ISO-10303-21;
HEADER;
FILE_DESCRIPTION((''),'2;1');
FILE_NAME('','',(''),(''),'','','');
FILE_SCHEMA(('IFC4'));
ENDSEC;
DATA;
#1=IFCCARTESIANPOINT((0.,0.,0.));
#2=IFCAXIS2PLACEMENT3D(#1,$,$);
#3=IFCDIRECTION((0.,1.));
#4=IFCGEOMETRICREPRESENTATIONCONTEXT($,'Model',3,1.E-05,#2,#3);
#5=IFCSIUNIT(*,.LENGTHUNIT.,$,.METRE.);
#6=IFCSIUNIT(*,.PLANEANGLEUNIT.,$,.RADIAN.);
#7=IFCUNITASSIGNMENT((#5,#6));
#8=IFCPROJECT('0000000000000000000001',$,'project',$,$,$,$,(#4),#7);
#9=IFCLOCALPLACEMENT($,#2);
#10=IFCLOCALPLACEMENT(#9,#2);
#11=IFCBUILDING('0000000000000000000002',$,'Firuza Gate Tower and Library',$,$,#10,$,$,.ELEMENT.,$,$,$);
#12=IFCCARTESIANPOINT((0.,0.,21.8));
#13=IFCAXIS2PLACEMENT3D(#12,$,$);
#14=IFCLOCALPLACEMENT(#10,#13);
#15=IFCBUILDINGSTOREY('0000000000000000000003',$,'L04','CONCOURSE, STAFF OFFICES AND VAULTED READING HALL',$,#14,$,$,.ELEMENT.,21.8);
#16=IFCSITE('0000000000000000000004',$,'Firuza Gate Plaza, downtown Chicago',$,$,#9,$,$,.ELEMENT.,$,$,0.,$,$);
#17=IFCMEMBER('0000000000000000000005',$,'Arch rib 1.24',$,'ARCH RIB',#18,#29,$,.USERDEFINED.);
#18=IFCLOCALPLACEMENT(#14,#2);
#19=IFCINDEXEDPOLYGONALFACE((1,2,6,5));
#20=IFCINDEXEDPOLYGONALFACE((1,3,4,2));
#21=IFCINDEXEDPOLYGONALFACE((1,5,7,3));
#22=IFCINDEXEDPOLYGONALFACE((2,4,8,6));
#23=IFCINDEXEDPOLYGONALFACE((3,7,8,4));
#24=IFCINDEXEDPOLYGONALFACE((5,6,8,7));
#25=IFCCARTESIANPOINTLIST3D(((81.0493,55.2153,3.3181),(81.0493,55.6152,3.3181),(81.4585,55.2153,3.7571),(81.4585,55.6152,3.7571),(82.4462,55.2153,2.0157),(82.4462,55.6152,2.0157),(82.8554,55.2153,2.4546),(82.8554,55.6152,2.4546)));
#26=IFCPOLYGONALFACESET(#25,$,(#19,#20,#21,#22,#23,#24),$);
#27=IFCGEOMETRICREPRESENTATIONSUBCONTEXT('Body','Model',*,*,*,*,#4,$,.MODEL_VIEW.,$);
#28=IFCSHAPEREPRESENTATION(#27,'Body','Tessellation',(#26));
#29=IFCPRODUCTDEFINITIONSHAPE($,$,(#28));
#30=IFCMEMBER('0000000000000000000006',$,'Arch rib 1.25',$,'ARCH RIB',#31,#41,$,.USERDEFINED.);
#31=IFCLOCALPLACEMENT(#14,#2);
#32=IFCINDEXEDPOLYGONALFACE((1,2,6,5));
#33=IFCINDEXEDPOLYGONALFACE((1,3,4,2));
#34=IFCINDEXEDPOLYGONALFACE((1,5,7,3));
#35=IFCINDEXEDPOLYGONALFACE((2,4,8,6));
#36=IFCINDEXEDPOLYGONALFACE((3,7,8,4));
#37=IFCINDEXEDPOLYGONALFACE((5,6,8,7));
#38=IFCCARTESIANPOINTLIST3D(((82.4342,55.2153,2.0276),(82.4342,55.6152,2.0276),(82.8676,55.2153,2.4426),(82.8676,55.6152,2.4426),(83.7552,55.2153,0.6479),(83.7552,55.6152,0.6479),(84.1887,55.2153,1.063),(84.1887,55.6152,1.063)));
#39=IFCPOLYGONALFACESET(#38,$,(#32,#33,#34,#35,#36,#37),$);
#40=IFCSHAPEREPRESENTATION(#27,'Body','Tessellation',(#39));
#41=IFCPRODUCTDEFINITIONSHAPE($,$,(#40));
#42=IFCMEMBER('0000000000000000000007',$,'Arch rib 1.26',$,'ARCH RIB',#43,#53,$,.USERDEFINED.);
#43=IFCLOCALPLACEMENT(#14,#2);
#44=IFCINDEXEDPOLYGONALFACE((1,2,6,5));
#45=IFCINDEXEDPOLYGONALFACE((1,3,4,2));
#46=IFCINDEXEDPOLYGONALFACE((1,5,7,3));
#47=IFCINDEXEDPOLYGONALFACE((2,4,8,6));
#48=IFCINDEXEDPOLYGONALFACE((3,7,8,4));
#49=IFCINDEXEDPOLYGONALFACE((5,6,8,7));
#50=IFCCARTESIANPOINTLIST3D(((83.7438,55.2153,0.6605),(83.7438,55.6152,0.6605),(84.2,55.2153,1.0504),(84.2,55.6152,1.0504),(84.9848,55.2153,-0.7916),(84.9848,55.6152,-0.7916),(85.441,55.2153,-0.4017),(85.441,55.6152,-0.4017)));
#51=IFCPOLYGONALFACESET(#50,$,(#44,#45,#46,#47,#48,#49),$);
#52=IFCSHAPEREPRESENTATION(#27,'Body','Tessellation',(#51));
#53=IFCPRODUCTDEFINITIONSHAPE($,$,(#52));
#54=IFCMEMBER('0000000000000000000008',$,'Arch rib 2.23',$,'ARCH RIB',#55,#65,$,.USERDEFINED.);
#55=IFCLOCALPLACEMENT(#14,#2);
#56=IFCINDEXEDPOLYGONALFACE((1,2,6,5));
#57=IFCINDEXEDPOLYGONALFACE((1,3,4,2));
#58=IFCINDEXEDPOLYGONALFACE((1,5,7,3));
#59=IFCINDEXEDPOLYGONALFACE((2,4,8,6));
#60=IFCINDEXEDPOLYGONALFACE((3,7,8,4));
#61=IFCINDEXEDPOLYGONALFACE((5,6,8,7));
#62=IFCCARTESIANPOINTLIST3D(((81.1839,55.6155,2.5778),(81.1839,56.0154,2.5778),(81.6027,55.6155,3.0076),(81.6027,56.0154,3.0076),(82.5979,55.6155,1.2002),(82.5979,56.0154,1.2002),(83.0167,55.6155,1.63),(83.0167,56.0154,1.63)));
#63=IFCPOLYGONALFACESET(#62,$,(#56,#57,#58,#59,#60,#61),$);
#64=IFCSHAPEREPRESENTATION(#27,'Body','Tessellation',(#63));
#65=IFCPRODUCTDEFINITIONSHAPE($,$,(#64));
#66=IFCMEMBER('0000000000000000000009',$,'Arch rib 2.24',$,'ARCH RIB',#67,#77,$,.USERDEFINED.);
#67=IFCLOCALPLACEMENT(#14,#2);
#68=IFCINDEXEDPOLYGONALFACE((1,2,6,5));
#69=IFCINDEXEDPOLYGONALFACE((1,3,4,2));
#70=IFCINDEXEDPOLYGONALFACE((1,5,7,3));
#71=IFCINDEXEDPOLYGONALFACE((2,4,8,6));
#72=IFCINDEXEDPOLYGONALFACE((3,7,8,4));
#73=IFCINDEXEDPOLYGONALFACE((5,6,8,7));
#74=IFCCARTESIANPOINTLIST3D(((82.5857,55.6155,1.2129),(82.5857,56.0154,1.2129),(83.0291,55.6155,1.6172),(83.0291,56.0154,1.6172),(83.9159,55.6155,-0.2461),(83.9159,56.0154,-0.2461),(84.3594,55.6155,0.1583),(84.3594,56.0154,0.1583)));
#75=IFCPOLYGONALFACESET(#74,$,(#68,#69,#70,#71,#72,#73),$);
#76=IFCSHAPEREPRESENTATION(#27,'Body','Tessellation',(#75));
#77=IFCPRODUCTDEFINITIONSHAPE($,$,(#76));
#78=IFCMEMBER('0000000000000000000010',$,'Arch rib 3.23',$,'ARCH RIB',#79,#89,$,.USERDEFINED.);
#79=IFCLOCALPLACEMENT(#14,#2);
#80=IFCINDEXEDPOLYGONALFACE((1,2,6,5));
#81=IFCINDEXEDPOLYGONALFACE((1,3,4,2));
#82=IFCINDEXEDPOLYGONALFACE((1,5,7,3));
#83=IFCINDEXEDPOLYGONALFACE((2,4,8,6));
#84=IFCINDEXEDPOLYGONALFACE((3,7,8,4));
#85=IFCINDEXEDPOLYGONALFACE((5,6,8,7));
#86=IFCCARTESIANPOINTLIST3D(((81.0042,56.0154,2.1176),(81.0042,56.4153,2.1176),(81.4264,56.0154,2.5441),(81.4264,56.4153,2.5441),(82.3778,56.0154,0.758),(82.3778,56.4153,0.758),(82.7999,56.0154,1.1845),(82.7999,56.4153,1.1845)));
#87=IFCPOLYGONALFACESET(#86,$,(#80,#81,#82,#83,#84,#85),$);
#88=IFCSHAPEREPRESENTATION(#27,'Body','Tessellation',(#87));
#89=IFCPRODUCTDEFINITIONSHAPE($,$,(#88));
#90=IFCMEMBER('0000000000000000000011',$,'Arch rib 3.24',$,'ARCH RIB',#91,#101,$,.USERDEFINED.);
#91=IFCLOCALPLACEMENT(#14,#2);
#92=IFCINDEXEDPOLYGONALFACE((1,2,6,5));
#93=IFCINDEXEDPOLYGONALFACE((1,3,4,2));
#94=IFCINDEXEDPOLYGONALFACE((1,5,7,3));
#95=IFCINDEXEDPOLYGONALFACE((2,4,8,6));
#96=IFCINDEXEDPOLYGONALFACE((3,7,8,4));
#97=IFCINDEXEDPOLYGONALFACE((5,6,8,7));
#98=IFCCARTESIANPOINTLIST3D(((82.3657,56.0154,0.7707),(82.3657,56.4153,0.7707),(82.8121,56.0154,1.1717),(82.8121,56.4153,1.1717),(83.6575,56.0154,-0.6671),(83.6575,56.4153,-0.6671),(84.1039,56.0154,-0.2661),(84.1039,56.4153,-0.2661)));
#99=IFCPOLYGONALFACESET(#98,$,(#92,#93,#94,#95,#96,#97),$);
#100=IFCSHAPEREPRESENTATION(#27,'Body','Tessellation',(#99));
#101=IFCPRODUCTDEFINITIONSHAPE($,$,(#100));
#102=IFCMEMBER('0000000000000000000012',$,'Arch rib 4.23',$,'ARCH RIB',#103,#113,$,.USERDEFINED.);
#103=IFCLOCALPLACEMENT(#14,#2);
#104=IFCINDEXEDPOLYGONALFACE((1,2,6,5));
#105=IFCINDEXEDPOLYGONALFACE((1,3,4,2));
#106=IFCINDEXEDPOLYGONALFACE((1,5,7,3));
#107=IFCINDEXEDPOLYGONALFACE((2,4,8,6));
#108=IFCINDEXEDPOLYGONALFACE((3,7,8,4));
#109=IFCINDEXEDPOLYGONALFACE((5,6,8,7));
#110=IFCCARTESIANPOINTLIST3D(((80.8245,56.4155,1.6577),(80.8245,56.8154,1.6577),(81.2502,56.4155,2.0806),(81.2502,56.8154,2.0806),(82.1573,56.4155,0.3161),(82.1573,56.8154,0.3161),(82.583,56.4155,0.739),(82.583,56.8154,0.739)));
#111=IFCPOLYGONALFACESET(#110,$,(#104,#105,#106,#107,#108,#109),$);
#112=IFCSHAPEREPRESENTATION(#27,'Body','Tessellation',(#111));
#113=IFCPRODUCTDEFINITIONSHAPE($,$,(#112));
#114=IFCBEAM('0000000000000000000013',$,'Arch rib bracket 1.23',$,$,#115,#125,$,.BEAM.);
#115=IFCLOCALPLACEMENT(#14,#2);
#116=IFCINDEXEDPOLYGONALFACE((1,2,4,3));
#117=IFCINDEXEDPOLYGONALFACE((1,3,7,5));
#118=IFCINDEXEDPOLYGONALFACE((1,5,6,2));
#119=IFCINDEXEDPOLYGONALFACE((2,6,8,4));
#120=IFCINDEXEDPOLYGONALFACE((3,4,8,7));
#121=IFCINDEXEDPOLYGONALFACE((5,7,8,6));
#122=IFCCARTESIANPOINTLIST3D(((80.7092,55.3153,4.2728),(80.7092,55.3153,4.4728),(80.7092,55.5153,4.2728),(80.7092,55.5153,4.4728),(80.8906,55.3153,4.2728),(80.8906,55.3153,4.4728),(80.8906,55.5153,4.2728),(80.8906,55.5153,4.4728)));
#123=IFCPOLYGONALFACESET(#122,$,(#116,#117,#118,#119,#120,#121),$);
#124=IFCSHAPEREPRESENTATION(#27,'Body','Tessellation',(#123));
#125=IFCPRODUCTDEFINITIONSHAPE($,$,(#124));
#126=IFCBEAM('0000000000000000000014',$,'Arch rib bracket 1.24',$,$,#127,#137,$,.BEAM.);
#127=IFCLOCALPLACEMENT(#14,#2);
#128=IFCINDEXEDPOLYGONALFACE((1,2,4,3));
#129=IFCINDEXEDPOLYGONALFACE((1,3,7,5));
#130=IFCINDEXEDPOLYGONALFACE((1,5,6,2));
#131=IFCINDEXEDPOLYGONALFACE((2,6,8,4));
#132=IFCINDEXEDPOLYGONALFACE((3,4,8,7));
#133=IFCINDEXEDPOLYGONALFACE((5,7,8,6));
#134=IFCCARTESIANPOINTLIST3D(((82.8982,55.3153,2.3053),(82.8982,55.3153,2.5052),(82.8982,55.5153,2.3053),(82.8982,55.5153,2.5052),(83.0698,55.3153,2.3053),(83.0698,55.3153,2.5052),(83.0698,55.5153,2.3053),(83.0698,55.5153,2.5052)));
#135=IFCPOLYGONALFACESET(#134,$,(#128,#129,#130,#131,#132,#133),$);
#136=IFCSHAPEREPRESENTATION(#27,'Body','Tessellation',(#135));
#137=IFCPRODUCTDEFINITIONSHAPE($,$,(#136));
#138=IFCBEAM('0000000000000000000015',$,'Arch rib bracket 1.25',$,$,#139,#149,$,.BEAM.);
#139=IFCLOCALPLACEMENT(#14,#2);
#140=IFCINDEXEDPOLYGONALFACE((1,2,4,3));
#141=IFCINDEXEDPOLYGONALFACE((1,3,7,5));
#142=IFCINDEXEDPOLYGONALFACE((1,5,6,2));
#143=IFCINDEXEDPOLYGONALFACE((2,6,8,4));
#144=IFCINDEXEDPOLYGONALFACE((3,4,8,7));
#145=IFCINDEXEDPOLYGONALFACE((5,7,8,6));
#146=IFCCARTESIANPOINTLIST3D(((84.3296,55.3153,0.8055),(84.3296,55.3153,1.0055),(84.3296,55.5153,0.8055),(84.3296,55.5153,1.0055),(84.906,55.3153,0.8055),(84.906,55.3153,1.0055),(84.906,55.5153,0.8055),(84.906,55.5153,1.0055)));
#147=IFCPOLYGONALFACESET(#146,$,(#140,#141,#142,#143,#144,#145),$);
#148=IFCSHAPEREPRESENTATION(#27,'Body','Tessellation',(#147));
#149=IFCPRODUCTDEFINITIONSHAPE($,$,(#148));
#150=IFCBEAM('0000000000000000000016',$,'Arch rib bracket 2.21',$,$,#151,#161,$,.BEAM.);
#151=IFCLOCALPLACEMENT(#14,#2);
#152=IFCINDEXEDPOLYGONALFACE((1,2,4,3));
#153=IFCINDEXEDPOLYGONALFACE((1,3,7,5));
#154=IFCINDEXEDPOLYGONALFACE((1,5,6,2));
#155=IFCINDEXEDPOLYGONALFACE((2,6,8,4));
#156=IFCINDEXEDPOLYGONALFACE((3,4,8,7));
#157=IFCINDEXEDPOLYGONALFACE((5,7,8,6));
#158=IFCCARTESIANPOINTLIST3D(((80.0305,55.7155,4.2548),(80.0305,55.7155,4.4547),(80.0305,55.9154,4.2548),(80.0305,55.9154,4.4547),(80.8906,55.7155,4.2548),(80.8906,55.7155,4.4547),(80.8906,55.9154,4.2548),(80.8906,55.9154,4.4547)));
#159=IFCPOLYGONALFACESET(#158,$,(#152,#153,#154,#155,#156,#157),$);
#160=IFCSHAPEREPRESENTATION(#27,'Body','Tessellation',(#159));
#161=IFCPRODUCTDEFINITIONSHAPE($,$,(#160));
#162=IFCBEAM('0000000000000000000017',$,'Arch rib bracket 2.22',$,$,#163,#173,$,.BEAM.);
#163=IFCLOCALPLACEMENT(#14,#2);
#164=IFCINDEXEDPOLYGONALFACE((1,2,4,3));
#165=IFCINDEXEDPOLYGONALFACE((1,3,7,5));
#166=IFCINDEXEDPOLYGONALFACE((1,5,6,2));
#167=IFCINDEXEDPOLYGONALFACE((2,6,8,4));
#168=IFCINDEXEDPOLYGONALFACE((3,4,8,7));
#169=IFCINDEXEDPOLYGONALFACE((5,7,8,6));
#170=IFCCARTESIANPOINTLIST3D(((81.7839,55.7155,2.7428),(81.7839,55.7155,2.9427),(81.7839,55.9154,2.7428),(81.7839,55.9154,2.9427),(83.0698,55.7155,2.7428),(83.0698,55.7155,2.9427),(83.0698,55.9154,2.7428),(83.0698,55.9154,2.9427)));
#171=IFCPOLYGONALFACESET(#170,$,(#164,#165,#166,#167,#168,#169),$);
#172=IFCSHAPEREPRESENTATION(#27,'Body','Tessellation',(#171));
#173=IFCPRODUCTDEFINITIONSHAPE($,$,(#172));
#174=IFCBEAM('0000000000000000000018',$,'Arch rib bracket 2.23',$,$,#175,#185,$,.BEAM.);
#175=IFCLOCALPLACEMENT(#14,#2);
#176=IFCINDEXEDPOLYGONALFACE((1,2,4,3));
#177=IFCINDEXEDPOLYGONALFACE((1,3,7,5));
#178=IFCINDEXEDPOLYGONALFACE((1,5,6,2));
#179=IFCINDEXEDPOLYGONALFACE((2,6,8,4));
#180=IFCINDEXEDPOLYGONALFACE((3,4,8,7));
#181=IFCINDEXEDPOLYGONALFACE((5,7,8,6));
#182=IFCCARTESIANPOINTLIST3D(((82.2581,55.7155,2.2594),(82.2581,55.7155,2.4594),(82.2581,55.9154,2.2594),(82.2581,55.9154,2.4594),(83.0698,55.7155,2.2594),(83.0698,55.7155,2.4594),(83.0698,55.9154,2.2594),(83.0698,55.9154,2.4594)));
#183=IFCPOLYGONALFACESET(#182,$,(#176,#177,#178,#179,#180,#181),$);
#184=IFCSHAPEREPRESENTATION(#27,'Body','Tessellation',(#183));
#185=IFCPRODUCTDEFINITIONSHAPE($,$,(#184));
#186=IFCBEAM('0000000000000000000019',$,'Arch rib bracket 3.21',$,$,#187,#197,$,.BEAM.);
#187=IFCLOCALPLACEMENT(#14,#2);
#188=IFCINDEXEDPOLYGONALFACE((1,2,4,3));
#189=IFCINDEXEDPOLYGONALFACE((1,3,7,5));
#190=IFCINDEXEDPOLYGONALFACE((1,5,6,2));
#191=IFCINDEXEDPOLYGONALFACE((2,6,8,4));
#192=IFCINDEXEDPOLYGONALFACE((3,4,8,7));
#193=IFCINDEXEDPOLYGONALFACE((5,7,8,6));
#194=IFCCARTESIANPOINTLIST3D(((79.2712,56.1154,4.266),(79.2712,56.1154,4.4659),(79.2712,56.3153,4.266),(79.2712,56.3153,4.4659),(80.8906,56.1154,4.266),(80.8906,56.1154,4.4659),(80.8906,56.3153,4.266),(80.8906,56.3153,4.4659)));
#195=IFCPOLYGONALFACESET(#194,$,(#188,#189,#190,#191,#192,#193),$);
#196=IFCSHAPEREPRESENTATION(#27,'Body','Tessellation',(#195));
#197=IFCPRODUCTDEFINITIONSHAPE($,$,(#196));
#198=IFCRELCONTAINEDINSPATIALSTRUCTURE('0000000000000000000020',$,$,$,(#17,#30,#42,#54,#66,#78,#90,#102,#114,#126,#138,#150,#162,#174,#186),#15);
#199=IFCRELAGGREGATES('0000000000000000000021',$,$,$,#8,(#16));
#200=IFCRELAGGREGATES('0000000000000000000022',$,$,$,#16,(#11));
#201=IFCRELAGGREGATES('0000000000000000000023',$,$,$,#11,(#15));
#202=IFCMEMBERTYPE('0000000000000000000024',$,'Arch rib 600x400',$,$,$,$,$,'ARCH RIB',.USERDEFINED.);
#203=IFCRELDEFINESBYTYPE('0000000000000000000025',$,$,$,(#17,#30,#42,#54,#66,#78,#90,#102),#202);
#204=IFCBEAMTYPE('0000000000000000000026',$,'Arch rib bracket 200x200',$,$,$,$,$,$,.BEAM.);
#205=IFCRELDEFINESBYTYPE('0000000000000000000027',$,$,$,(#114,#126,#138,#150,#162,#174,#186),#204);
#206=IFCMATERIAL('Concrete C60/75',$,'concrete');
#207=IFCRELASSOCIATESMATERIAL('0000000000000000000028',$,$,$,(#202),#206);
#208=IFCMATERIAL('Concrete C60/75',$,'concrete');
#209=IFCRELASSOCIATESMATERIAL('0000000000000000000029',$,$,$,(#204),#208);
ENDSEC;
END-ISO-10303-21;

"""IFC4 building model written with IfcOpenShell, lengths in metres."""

from ifc_helpers import new_model, si_unit, direction, frame, origin, origin_2d, place, context, subcontext, project, spatial, rectangle, extrude, material, material_profile, profile_set, type_object, element, save


model = new_model("IFC4")

# Units and contexts
model_context = context("Model", 3, precision=1e-05, world=origin(), true_north=direction((0.0, 1.0)))
body_context = subcontext(model_context, "Body", "Model", "MODEL_VIEW")
ifc_project = project(units=[si_unit("LENGTHUNIT", "METRE"), si_unit("PLANEANGLEUNIT", "RADIAN")], contexts=[model_context])

# Site, building, storey
site_placement = place(None, origin())
site = spatial("IfcSite", under=ifc_project, at=site_placement, Name="Firuza Gate Plaza, downtown Chicago", CompositionType="ELEMENT", RefElevation=0.0)
building_placement = place(site_placement, origin())
building = spatial("IfcBuilding", under=site, at=building_placement, Name="Firuza Gate Tower and Library", CompositionType="ELEMENT")
storey_placement = place(building_placement, frame((0.0, 0.0, 21.8)))
storey = spatial("IfcBuildingStorey", under=building, at=storey_placement, Name="L04", Description="CONCOURSE, STAFF OFFICES AND VAULTED READING HALL", CompositionType="ELEMENT", Elevation=21.8)

# Members
ifc_material_1 = material(Name="Concrete C60/75", Category="concrete")
ifc_material_profile_1 = material_profile(ifc_material_1, rectangle(XDim=0.3999, YDim=0.6001, at=origin_2d()))
ifc_profile_set_1 = profile_set([ifc_material_profile_1], Name="Concrete C60/75")
member_type_1 = type_object("IfcMemberType", Name="Arch rib 600x400", ElementType="ARCH RIB", PredefinedType="USERDEFINED", material=ifc_profile_set_1)
member_1_placement = place(storey_placement, frame((81.2539, 55.4153, 3.5376), z_axis=(0.731408, 0.0, -0.68194), x_axis=(0.0, 1.0, 0.0)))
element("IfcMember", 1, at=member_1_placement, inside=storey, type_object=member_type_1, Name="Arch rib 1.24", ObjectType="ARCH RIB", PredefinedType="USERDEFINED", context=body_context, shape_type="SweptSolid", body=[
    extrude(rectangle(XDim=0.3999, YDim=0.6001, at=origin_2d()), origin(), (0.0, 0.0, 1.0), 1.9099),
])
for number, where, z_axis, x_axis, name in (
    (2, (82.6509, 55.4153, 2.2351), (0.691603, 0.0, -0.722278), (0.0, 1.0, 0.0), "Arch rib 1.25"),
    (3, (83.9719, 55.4153, 0.8555), (0.649664, 0.0, -0.760221), (0.0, 1.0, 0.0), "Arch rib 1.26"),
):
    element("IfcMember", number, at=place(storey_placement, frame(where, z_axis=z_axis, x_axis=x_axis)), inside=storey, type_object=member_type_1, Name=name, ObjectType="ARCH RIB", PredefinedType="USERDEFINED", context=body_context, shape_type="SweptSolid", body=[
        extrude(rectangle(XDim=0.3999, YDim=0.6001, at=origin_2d()), origin(), (0.0, 0.0, 1.0), 1.9102),
    ])
member_2_placement = place(storey_placement, frame((81.3933, 55.8154, 2.7927), z_axis=(0.71626, 0.0, -0.697834), x_axis=(0.0, 1.0, 0.0)))
element("IfcMember", 4, at=member_2_placement, inside=storey, type_object=member_type_1, Name="Arch rib 2.23", ObjectType="ARCH RIB", PredefinedType="USERDEFINED", context=body_context, shape_type="SweptSolid", body=[
    extrude(rectangle(XDim=0.3999, YDim=0.6001, at=origin_2d()), origin(), (0.0, 0.0, 1.0), 1.9741),
])
member_3_placement = place(storey_placement, frame((82.8074, 55.8154, 1.415), z_axis=(0.673774, 0.0, -0.738938), x_axis=(0.0, 1.0, 0.0)))
element("IfcMember", 5, at=member_3_placement, inside=storey, type_object=member_type_1, Name="Arch rib 2.24", ObjectType="ARCH RIB", PredefinedType="USERDEFINED", context=body_context, shape_type="SweptSolid", body=[
    extrude(rectangle(XDim=0.3999, YDim=0.6001, at=origin_2d()), origin(), (0.0, 0.0, 1.0), 1.9744),
])
member_4_placement = place(storey_placement, frame((81.2153, 56.2153, 2.3308), z_axis=(0.710698, 0.0, -0.703497), x_axis=(0.0, 1.0, 0.0)))
element("IfcMember", 6, at=member_4_placement, inside=storey, type_object=member_type_1, Name="Arch rib 3.23", ObjectType="ARCH RIB", PredefinedType="USERDEFINED", context=body_context, shape_type="SweptSolid", body=[
    extrude(rectangle(XDim=0.3999, YDim=0.6001, at=origin_2d()), origin(), (0.0, 0.0, 1.0), 1.9326),
])
member_5_placement = place(storey_placement, frame((82.5889, 56.2153, 0.9712), z_axis=(0.668329, 0.0, -0.743865), x_axis=(0.0, 1.0, 0.0)))
element("IfcMember", 7, at=member_5_placement, inside=storey, type_object=member_type_1, Name="Arch rib 3.24", ObjectType="ARCH RIB", PredefinedType="USERDEFINED", context=body_context, shape_type="SweptSolid", body=[
    extrude(rectangle(XDim=0.3999, YDim=0.6001, at=origin_2d()), origin(), (0.0, 0.0, 1.0), 1.9329),
])
member_6_placement = place(storey_placement, frame((81.0374, 56.6155, 1.8691), z_axis=(0.704779, 0.0, -0.709427), x_axis=(0.0, 1.0, 0.0)))
element("IfcMember", 8, at=member_6_placement, inside=storey, type_object=member_type_1, Name="Arch rib 4.23", ObjectType="ARCH RIB", PredefinedType="USERDEFINED", context=body_context, shape_type="SweptSolid", body=[
    extrude(rectangle(XDim=0.3999, YDim=0.6001, at=origin_2d()), origin(), (0.0, 0.0, 1.0), 1.8911),
])

# Beams
ifc_material_2 = material(Name="Concrete C60/75", Category="concrete")
ifc_material_profile_2 = material_profile(ifc_material_2, rectangle(XDim=0.2, YDim=0.2, at=origin_2d()))
ifc_profile_set_2 = profile_set([ifc_material_profile_2], Name="Concrete C60/75")
beam_type_1 = type_object("IfcBeamType", Name="Arch rib bracket 200x200", PredefinedType="BEAM", material=ifc_profile_set_2)
beam_1_placement = place(storey_placement, frame((80.8906, 55.4153, 4.3728), z_axis=(-1.0, 0.0, 0.0), x_axis=(0.0, -1.0, 0.0)))
element("IfcBeam", 9, at=beam_1_placement, inside=storey, type_object=beam_type_1, Name="Arch rib bracket 1.23", PredefinedType="BEAM", context=body_context, shape_type="SweptSolid", body=[
    extrude(rectangle(XDim=0.2, YDim=0.2, at=origin_2d()), origin(), (0.0, 0.0, 1.0), 0.1814),
])
beam_2_placement = place(storey_placement, frame((83.0698, 55.4153, 2.4053), z_axis=(-1.0, 0.0, 0.0), x_axis=(0.0, -1.0, 0.0)))
element("IfcBeam", 10, at=beam_2_placement, inside=storey, type_object=beam_type_1, Name="Arch rib bracket 1.24", PredefinedType="BEAM", context=body_context, shape_type="SweptSolid", body=[
    extrude(rectangle(XDim=0.2, YDim=0.2, at=origin_2d()), origin(), (0.0, 0.0, 1.0), 0.1716),
])
beam_3_placement = place(storey_placement, frame((84.906, 55.4153, 0.9055), z_axis=(-1.0, 0.0, 0.0), x_axis=(0.0, -1.0, 0.0)))
element("IfcBeam", 11, at=beam_3_placement, inside=storey, type_object=beam_type_1, Name="Arch rib bracket 1.25", PredefinedType="BEAM", context=body_context, shape_type="SweptSolid", body=[
    extrude(rectangle(XDim=0.2, YDim=0.2, at=origin_2d()), origin(), (0.0, 0.0, 1.0), 0.5764),
])
beam_4_placement = place(storey_placement, frame((80.8906, 55.8154, 4.3547), z_axis=(-1.0, 0.0, 0.0), x_axis=(0.0, -1.0, 0.0)))
element("IfcBeam", 12, at=beam_4_placement, inside=storey, type_object=beam_type_1, Name="Arch rib bracket 2.21", PredefinedType="BEAM", context=body_context, shape_type="SweptSolid", body=[
    extrude(rectangle(XDim=0.2, YDim=0.2, at=origin_2d()), origin(), (0.0, 0.0, 1.0), 0.8601),
])
beam_5_placement = place(storey_placement, frame((83.0698, 55.8154, 2.8428), z_axis=(-1.0, 0.0, 0.0), x_axis=(0.0, -1.0, 0.0)))
element("IfcBeam", 13, at=beam_5_placement, inside=storey, type_object=beam_type_1, Name="Arch rib bracket 2.22", PredefinedType="BEAM", context=body_context, shape_type="SweptSolid", body=[
    extrude(rectangle(XDim=0.2, YDim=0.2, at=origin_2d()), origin(), (0.0, 0.0, 1.0), 1.2859),
])
beam_6_placement = place(storey_placement, frame((83.0698, 55.8154, 2.3594), z_axis=(-1.0, 0.0, 0.0), x_axis=(0.0, -1.0, 0.0)))
element("IfcBeam", 14, at=beam_6_placement, inside=storey, type_object=beam_type_1, Name="Arch rib bracket 2.23", PredefinedType="BEAM", context=body_context, shape_type="SweptSolid", body=[
    extrude(rectangle(XDim=0.2, YDim=0.2, at=origin_2d()), origin(), (0.0, 0.0, 1.0), 0.8118),
])
beam_7_placement = place(storey_placement, frame((80.8906, 56.2153, 4.366), z_axis=(-1.0, 0.0, 0.0), x_axis=(0.0, -1.0, 0.0)))
element("IfcBeam", 15, at=beam_7_placement, inside=storey, type_object=beam_type_1, Name="Arch rib bracket 3.21", PredefinedType="BEAM", context=body_context, shape_type="SweptSolid", body=[
    extrude(rectangle(XDim=0.2, YDim=0.2, at=origin_2d()), origin(), (0.0, 0.0, 1.0), 1.6194),
])

save(model, "model.ifc")
